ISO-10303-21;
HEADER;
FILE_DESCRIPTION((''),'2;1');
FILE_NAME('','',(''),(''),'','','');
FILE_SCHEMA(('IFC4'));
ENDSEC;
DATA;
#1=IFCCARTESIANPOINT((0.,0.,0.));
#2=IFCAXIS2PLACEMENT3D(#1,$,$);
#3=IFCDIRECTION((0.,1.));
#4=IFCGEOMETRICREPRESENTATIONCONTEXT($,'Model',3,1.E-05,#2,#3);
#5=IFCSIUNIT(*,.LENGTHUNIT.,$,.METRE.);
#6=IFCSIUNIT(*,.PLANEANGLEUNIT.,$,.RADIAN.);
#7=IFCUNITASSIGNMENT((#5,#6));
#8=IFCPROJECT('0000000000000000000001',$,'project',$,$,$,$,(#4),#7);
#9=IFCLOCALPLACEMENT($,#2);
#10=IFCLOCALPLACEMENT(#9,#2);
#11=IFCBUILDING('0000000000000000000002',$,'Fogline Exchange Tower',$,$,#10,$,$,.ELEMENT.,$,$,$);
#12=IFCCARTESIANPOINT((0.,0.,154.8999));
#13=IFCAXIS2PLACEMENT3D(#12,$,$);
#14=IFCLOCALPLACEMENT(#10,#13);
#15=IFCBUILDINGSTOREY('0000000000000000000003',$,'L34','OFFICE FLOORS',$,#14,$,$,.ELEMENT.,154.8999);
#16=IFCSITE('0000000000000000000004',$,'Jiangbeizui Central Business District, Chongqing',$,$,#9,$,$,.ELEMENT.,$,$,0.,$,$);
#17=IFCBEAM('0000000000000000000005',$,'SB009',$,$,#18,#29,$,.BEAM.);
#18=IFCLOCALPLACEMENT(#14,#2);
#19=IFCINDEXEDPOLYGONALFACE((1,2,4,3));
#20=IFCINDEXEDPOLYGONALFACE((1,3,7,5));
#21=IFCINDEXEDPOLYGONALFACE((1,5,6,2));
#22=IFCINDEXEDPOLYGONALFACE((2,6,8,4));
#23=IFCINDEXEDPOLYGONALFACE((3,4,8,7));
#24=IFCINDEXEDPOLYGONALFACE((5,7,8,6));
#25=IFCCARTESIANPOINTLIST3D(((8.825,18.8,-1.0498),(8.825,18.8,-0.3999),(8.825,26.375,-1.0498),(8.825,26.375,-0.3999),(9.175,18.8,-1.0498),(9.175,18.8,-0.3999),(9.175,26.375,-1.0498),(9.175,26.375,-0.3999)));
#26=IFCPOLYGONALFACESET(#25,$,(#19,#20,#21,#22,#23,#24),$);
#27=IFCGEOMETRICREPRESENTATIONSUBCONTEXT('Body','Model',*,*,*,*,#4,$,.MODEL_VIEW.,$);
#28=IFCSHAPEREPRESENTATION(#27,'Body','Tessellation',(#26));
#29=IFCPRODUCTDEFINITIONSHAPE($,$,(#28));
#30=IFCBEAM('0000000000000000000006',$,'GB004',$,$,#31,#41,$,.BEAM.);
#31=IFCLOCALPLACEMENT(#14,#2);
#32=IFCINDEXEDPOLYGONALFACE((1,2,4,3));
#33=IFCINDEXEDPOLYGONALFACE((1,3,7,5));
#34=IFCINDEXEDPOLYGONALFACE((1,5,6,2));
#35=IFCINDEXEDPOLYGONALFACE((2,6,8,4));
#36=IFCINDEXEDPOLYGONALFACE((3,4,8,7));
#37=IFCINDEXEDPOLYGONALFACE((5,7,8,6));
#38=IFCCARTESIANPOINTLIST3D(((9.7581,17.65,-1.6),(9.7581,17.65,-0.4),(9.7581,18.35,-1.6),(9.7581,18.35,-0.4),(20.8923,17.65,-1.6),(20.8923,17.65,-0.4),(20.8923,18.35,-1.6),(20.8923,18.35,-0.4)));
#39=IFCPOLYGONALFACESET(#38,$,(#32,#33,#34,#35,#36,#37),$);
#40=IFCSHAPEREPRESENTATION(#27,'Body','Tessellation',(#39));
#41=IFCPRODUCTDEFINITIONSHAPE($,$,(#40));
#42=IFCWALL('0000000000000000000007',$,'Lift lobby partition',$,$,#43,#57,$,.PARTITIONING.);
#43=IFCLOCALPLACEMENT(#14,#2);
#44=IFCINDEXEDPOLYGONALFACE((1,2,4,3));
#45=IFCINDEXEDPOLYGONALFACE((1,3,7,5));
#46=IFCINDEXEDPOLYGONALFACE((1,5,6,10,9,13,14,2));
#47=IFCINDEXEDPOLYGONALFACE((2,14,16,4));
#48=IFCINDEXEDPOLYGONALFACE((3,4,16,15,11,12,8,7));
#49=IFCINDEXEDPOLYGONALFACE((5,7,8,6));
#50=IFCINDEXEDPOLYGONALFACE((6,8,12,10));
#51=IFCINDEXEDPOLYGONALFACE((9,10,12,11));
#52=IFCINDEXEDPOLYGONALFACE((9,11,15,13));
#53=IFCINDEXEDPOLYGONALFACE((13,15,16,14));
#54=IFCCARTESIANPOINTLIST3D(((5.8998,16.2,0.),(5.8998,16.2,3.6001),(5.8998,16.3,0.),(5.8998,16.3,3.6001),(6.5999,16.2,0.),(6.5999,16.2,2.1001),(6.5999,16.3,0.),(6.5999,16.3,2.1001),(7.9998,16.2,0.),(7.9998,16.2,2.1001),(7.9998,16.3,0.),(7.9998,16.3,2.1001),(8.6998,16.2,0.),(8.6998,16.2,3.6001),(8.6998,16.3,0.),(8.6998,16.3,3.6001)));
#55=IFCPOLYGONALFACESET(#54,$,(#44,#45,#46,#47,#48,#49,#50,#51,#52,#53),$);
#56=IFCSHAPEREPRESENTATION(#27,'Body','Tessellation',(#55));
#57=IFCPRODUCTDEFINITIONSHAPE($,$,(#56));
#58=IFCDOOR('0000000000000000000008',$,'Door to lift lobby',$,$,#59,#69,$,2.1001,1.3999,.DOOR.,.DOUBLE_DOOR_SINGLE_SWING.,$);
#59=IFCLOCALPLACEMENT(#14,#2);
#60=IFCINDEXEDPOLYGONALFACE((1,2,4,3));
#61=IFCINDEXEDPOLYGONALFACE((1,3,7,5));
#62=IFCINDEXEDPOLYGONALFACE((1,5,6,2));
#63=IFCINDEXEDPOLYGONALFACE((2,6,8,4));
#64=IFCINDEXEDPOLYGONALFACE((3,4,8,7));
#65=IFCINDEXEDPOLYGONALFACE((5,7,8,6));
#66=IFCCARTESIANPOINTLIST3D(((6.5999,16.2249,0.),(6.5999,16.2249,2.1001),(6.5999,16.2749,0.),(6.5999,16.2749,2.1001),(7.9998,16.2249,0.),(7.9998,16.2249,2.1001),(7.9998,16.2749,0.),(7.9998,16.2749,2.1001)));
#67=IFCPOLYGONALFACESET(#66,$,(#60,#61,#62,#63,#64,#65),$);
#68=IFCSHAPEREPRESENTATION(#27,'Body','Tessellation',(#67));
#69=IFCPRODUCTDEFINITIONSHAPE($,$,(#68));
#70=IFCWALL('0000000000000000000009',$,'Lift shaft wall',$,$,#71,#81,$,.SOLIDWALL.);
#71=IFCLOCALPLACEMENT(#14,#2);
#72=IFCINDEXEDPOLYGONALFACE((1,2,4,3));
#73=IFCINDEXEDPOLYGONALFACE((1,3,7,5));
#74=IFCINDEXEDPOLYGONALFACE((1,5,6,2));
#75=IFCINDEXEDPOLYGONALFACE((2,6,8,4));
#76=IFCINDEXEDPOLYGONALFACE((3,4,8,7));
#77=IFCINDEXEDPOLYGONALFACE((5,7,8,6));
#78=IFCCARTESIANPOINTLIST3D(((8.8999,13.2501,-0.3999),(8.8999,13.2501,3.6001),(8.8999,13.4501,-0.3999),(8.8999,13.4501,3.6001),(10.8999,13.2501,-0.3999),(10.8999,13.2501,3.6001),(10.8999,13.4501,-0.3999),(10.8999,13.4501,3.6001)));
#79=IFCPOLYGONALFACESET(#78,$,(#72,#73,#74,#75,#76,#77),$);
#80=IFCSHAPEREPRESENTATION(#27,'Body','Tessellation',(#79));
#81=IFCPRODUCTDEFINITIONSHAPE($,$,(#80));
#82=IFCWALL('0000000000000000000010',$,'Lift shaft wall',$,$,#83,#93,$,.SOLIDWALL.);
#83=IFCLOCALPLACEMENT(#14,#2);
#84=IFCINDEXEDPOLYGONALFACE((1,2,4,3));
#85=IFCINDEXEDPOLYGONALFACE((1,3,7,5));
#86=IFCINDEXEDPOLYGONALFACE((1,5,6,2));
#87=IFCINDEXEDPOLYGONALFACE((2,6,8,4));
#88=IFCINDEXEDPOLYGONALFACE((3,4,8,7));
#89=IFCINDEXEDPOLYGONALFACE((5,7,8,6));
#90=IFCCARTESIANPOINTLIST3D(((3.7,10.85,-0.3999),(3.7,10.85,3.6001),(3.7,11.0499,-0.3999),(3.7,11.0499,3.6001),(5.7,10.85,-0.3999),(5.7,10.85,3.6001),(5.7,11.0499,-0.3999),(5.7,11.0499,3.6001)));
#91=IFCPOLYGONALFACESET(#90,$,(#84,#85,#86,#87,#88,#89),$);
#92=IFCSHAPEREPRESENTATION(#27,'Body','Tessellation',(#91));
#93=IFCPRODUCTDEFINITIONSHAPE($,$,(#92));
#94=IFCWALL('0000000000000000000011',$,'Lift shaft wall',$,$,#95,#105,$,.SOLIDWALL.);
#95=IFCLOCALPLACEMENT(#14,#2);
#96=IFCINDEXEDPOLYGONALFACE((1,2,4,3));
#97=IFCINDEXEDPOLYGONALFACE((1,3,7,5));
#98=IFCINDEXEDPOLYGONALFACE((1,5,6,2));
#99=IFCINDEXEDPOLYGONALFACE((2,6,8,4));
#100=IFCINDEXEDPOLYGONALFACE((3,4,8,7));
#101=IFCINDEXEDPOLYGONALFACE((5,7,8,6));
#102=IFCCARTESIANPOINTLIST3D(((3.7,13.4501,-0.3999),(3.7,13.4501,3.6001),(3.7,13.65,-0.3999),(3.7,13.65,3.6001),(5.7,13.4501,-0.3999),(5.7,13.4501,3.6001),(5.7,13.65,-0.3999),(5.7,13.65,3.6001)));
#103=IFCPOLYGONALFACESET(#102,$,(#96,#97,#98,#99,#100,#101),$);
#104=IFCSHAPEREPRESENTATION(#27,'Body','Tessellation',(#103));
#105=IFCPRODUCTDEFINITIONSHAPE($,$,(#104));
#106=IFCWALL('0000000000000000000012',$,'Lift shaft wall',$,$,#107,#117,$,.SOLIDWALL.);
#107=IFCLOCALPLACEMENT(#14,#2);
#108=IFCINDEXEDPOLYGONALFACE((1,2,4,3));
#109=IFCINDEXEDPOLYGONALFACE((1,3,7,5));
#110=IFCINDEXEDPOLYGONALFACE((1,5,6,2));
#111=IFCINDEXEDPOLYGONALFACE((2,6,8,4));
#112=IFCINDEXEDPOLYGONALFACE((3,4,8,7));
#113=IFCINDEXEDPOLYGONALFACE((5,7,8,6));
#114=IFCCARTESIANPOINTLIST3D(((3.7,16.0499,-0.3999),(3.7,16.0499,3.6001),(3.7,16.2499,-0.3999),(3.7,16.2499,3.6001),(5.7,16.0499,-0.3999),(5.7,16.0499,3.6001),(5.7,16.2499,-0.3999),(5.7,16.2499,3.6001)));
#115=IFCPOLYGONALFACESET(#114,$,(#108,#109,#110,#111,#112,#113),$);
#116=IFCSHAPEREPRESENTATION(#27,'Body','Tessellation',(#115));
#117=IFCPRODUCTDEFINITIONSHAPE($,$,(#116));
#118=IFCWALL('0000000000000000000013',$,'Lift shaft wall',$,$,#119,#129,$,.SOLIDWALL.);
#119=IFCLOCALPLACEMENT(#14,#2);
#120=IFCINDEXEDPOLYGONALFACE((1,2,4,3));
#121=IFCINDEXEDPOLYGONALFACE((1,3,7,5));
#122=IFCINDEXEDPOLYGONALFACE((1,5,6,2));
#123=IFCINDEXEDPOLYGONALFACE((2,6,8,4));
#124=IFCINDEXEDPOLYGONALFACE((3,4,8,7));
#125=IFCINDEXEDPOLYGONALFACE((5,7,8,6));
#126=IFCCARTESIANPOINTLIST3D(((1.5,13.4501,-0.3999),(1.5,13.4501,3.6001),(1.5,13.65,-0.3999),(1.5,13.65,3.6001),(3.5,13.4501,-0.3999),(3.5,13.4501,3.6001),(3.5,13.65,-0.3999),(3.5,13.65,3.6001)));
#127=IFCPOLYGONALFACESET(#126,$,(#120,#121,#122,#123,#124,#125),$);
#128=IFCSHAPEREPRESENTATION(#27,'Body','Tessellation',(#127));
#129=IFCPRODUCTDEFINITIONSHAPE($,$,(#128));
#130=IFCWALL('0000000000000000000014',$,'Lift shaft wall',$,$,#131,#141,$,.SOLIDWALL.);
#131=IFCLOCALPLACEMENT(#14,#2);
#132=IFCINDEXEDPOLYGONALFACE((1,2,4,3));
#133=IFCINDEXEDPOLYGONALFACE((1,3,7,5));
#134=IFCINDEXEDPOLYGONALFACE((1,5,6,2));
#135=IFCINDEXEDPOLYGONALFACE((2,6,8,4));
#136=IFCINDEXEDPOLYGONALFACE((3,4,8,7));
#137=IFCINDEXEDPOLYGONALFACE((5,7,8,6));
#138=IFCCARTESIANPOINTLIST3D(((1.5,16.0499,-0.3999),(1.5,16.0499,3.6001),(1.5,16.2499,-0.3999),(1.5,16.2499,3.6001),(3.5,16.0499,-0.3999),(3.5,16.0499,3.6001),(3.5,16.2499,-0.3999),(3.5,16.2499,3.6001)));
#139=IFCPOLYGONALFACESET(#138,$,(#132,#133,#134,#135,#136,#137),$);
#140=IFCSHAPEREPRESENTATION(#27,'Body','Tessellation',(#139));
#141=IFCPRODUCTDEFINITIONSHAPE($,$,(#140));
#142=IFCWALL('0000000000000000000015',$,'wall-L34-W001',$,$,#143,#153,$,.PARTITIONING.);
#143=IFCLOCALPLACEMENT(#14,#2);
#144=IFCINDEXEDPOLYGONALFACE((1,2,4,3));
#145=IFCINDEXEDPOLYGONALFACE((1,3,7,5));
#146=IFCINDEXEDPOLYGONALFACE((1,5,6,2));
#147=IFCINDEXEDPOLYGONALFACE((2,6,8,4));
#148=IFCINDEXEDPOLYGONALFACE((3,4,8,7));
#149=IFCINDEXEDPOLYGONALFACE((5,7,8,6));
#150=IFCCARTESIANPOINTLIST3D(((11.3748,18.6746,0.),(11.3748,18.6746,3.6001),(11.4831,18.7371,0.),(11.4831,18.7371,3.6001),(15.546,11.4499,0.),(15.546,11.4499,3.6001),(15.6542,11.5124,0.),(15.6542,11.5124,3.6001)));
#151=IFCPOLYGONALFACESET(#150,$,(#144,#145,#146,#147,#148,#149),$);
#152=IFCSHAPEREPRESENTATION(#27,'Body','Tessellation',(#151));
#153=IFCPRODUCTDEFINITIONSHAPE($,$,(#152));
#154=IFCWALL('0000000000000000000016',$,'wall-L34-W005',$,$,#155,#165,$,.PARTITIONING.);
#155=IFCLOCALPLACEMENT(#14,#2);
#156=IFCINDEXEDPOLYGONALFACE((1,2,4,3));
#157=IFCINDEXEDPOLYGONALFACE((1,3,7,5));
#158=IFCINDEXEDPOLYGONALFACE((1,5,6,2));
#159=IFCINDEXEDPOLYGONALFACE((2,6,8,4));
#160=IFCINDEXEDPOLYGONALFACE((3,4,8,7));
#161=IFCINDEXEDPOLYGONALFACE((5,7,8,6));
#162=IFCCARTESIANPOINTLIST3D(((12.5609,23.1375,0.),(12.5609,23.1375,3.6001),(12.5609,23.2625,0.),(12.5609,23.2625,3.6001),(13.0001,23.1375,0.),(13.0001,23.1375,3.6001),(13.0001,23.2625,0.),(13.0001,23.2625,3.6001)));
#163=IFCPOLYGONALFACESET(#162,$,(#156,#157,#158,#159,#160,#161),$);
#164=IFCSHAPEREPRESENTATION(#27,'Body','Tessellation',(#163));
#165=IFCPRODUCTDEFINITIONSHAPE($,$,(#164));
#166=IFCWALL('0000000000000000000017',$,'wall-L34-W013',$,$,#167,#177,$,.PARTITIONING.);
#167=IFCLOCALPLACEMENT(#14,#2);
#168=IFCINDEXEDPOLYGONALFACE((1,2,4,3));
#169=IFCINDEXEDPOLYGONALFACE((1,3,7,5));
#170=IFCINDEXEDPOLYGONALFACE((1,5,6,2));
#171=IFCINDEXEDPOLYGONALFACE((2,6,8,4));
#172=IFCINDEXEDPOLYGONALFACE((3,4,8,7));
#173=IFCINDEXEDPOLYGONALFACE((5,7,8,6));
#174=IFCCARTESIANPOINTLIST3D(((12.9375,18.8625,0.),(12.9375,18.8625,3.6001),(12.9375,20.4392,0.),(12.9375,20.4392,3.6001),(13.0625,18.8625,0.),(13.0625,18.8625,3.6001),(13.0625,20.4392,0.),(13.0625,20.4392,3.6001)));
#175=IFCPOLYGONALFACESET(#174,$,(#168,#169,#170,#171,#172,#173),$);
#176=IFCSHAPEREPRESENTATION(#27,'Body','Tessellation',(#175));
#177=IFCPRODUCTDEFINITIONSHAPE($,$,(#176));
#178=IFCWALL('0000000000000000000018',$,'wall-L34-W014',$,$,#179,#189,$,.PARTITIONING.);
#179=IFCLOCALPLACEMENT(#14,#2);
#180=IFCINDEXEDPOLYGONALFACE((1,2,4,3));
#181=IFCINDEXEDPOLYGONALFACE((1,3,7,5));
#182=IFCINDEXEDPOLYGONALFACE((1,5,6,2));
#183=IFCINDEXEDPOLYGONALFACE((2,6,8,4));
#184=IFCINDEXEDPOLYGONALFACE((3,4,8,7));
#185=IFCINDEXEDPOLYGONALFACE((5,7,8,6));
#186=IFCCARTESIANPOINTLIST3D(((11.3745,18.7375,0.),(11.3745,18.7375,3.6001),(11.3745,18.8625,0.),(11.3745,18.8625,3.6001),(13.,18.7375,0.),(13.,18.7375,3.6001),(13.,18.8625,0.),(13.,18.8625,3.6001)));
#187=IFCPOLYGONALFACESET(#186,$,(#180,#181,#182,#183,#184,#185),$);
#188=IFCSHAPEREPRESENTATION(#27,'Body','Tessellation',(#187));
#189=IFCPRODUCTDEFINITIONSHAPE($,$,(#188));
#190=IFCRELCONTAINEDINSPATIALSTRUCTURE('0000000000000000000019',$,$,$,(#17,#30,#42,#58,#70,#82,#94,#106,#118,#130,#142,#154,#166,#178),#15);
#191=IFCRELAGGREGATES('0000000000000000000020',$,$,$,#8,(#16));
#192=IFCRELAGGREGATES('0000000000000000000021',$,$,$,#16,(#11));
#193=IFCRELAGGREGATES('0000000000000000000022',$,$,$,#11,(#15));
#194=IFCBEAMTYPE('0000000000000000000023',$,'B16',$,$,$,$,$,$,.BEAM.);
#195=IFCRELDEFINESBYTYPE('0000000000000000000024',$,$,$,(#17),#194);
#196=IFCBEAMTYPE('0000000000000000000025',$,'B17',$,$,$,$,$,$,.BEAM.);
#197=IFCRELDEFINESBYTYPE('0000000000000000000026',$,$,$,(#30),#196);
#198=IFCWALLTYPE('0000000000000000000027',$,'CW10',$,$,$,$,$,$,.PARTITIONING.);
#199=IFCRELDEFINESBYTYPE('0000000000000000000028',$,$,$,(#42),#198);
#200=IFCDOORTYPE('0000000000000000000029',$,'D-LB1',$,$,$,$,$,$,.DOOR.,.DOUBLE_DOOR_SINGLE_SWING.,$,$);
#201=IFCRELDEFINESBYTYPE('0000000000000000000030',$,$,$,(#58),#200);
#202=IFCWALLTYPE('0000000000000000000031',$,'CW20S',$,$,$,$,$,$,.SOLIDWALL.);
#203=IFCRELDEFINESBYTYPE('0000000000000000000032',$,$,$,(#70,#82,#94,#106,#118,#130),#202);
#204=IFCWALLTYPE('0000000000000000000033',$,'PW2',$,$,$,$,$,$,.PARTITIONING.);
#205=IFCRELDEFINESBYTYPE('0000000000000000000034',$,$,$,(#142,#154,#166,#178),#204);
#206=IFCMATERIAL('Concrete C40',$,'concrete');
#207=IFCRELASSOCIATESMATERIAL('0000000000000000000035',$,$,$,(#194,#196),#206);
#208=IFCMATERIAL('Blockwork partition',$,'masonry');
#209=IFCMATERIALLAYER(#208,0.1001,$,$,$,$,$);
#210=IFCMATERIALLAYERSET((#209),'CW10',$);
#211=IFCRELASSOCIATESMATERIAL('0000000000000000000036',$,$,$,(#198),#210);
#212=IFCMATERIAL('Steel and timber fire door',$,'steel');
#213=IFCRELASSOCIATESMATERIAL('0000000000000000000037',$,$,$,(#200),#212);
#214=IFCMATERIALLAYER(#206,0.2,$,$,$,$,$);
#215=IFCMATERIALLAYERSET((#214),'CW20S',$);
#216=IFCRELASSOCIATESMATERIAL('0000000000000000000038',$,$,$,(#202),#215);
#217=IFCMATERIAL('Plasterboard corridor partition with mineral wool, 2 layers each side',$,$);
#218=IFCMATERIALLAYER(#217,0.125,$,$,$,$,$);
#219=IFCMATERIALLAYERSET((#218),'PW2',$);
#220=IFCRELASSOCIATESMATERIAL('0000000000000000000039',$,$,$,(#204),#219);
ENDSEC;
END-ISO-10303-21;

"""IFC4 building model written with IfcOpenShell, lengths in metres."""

from ifc_helpers import new_model, si_unit, direction, frame, frame_2d, origin, origin_2d, place, context, subcontext, project, spatial, rectangle, extrude, material, layer, layer_set, material_profile, profile_set, type_object, element, fill, save


model = new_model("IFC4")

# Units and contexts
model_context = context("Model", 3, precision=1e-05, world=origin(), true_north=direction((0.0, 1.0)))
body_context = subcontext(model_context, "Body", "Model", "MODEL_VIEW")
ifc_project = project(units=[si_unit("LENGTHUNIT", "METRE"), si_unit("PLANEANGLEUNIT", "RADIAN")], contexts=[model_context])

# Site, building, storey
site_placement = place(None, origin())
site = spatial("IfcSite", under=ifc_project, at=site_placement, Name="Jiangbeizui Central Business District, Chongqing", CompositionType="ELEMENT", RefElevation=0.0)
building_placement = place(site_placement, origin())
building = spatial("IfcBuilding", under=site, at=building_placement, Name="Fogline Exchange Tower", CompositionType="ELEMENT")
storey_placement = place(building_placement, frame((0.0, 0.0, 154.8999)))
storey = spatial("IfcBuildingStorey", under=building, at=storey_placement, Name="L34", Description="OFFICE FLOORS", CompositionType="ELEMENT", Elevation=154.8999)

# Beams
ifc_material_1 = material(Name="Concrete C40", Category="concrete")
ifc_material_profile_1 = material_profile(ifc_material_1, rectangle(XDim=0.3501, YDim=0.6499, at=origin_2d()), Name="RC 350x650")
ifc_profile_set_1 = profile_set([ifc_material_profile_1], Name="Concrete C40")
beam_type_1 = type_object("IfcBeamType", Name="B16", PredefinedType="BEAM", material=ifc_profile_set_1)
beam_1_placement = place(storey_placement, frame((9.0, 18.8, -0.7249), z_axis=(0.0, 1.0, 0.0), x_axis=(-1.0, 0.0, 0.0)))
element("IfcBeam", 1, at=beam_1_placement, inside=storey, type_object=beam_type_1, Name="SB009", PredefinedType="BEAM", context=body_context, shape_type="SweptSolid", body=[
    extrude(rectangle(XDim=0.3501, YDim=0.6499, at=origin_2d()), origin(), (0.0, 0.0, 1.0), 7.575),
])
ifc_material_profile_2 = material_profile(ifc_material_1, rectangle(XDim=0.7, YDim=1.2, at=origin_2d()), Name="RC 700x1200")
ifc_profile_set_2 = profile_set([ifc_material_profile_2], Name="Concrete C40")
beam_type_2 = type_object("IfcBeamType", Name="B17", PredefinedType="BEAM", material=ifc_profile_set_2)
beam_2_placement = place(storey_placement, frame((9.7581, 18.0, -1.0), z_axis=(1.0, 0.0, 0.0), x_axis=(0.0, 1.0, 0.0)))
element("IfcBeam", 2, at=beam_2_placement, inside=storey, type_object=beam_type_2, Name="GB004", PredefinedType="BEAM", context=body_context, shape_type="SweptSolid", body=[
    extrude(rectangle(XDim=0.7, YDim=1.2, at=origin_2d()), origin(), (0.0, 0.0, 1.0), 11.1343),
])

# Wall, opening, door
ifc_material_2 = material(Name="Blockwork partition", Category="masonry")
ifc_layer_1 = layer(ifc_material_2, 0.1001)
ifc_layer_set_1 = layer_set([ifc_layer_1], Name="CW10")
wall_type_1 = type_object("IfcWallType", Name="CW10", PredefinedType="PARTITIONING", material=ifc_layer_set_1)
wall_1_placement = place(storey_placement, frame((5.8999, 16.25, 0.0), z_axis=(0.0, 0.0, 1.0), x_axis=(1.0, 0.0, 0.0)))
wall_1 = element("IfcWall", 3, at=wall_1_placement, inside=storey, type_object=wall_type_1, Name="Lift lobby partition", PredefinedType="PARTITIONING", context=body_context, shape_type="SweptSolid", body=[
    extrude(rectangle(XDim=2.8, YDim=0.1001, at=frame_2d((1.3999, 0.0))), origin(), (0.0, 0.0, 1.0), 3.6001),
])
opening_1_placement = place(wall_1_placement, frame((0.7, 0.0, 0.0)))
opening_1 = element("IfcOpeningElement", 4, at=opening_1_placement, cuts=wall_1, PredefinedType="OPENING", context=body_context, shape_type="SweptSolid", body=[
    extrude(rectangle(XDim=1.3999, YDim=2.1001, at=frame_2d((0.7, 1.05))), frame((0.0, 0.0601, 0.0), z_axis=(0.0, -1.0, 0.0), x_axis=(1.0, 0.0, 0.0)), (0.0, 0.0, 1.0), 0.1201),
])
ifc_material_3 = material(Name="Steel and timber fire door", Category="steel")
door_type_1 = type_object("IfcDoorType", Name="D-LB1", OperationType="DOUBLE_DOOR_SINGLE_SWING", PredefinedType="DOOR", material=ifc_material_3)
door_1_placement = place(opening_1_placement, origin())
door_1 = element("IfcDoor", 5, at=door_1_placement, inside=storey, type_object=door_type_1, Name="Door to lift lobby", OperationType="DOUBLE_DOOR_SINGLE_SWING", OverallHeight=2.1001, OverallWidth=1.3999, PredefinedType="DOOR", context=body_context, shape_type="SweptSolid", body=[
    extrude(rectangle(XDim=1.3999, YDim=2.1001, at=frame_2d((0.7, 1.05))), frame((0.0, 0.0249, 0.0), z_axis=(0.0, -1.0, 0.0), x_axis=(1.0, 0.0, 0.0)), (0.0, 0.0, 1.0), 0.05),
])
fill(opening_1, door_1)

# Walls
ifc_layer_2 = layer(ifc_material_1, 0.2)
ifc_layer_set_2 = layer_set([ifc_layer_2], Name="CW20S")
wall_type_2 = type_object("IfcWallType", Name="CW20S", PredefinedType="SOLIDWALL", material=ifc_layer_set_2)
for number, where, z_axis, x_axis, name in (
    (6, (8.8999, 13.3501, -0.3999), (0.0, 0.0, 1.0), (1.0, 0.0, 0.0), "Lift shaft wall"),
    (7, (3.7, 10.95, -0.3999), (0.0, 0.0, 1.0), (1.0, 0.0, 0.0), "Lift shaft wall"),
    (8, (3.7, 13.55, -0.3999), (0.0, 0.0, 1.0), (1.0, 0.0, 0.0), "Lift shaft wall"),
    (9, (3.7, 16.1499, -0.3999), (0.0, 0.0, 1.0), (1.0, 0.0, 0.0), "Lift shaft wall"),
    (10, (1.5, 13.55, -0.3999), (0.0, 0.0, 1.0), (1.0, 0.0, 0.0), "Lift shaft wall"),
    (11, (1.5, 16.1499, -0.3999), (0.0, 0.0, 1.0), (1.0, 0.0, 0.0), "Lift shaft wall"),
):
    element("IfcWall", number, at=place(storey_placement, frame(where, z_axis=z_axis, x_axis=x_axis)), inside=storey, type_object=wall_type_2, Name=name, PredefinedType="SOLIDWALL", context=body_context, shape_type="SweptSolid", body=[
        extrude(rectangle(XDim=2.0, YDim=0.2, at=frame_2d((1.0, 0.0))), origin(), (0.0, 0.0, 1.0), 4.0),
    ])
ifc_material_4 = material(Name="Plasterboard corridor partition with mineral wool, 2 layers each side")
ifc_layer_3 = layer(ifc_material_4, 0.125)
ifc_layer_set_3 = layer_set([ifc_layer_3], Name="PW2")
wall_type_3 = type_object("IfcWallType", Name="PW2", PredefinedType="PARTITIONING", material=ifc_layer_set_3)
wall_2_placement = place(storey_placement, frame((11.429, 18.7058, 0.0), z_axis=(0.0, 0.0, 1.0), x_axis=(0.500001, -0.866025, 0.0)))
element("IfcWall", 12, at=wall_2_placement, inside=storey, type_object=wall_type_3, Name="wall-L34-W001", PredefinedType="PARTITIONING", context=body_context, shape_type="SweptSolid", body=[
    extrude(rectangle(XDim=8.3423, YDim=0.125, at=frame_2d((4.1711, 0.0))), origin(), (0.0, 0.0, 1.0), 3.6001),
])
wall_3_placement = place(storey_placement, frame((12.5608, 23.2, 0.0), z_axis=(0.0, 0.0, 1.0), x_axis=(1.0, 0.0, 0.0)))
element("IfcWall", 13, at=wall_3_placement, inside=storey, type_object=wall_type_3, Name="wall-L34-W005", PredefinedType="PARTITIONING", context=body_context, shape_type="SweptSolid", body=[
    extrude(rectangle(XDim=0.4392, YDim=0.125, at=frame_2d((0.2197, 0.0))), origin(), (0.0, 0.0, 1.0), 3.6001),
])
wall_4_placement = place(storey_placement, frame((13.0, 20.4392, 0.0), z_axis=(0.0, 0.0, 1.0), x_axis=(0.0, -1.0, 0.0)))
element("IfcWall", 14, at=wall_4_placement, inside=storey, type_object=wall_type_3, Name="wall-L34-W013", PredefinedType="PARTITIONING", context=body_context, shape_type="SweptSolid", body=[
    extrude(rectangle(XDim=1.5767, YDim=0.125, at=frame_2d((0.7883, 0.0))), origin(), (0.0, 0.0, 1.0), 3.6001),
])
wall_5_placement = place(storey_placement, frame((13.0, 18.8, 0.0), z_axis=(0.0, 0.0, 1.0), x_axis=(-1.0, 0.0, 0.0)))
element("IfcWall", 15, at=wall_5_placement, inside=storey, type_object=wall_type_3, Name="wall-L34-W014", PredefinedType="PARTITIONING", context=body_context, shape_type="SweptSolid", body=[
    extrude(rectangle(XDim=1.6255, YDim=0.125, at=frame_2d((0.8127, 0.0))), origin(), (0.0, 0.0, 1.0), 3.6001),
])

save(model, "model.ifc")
